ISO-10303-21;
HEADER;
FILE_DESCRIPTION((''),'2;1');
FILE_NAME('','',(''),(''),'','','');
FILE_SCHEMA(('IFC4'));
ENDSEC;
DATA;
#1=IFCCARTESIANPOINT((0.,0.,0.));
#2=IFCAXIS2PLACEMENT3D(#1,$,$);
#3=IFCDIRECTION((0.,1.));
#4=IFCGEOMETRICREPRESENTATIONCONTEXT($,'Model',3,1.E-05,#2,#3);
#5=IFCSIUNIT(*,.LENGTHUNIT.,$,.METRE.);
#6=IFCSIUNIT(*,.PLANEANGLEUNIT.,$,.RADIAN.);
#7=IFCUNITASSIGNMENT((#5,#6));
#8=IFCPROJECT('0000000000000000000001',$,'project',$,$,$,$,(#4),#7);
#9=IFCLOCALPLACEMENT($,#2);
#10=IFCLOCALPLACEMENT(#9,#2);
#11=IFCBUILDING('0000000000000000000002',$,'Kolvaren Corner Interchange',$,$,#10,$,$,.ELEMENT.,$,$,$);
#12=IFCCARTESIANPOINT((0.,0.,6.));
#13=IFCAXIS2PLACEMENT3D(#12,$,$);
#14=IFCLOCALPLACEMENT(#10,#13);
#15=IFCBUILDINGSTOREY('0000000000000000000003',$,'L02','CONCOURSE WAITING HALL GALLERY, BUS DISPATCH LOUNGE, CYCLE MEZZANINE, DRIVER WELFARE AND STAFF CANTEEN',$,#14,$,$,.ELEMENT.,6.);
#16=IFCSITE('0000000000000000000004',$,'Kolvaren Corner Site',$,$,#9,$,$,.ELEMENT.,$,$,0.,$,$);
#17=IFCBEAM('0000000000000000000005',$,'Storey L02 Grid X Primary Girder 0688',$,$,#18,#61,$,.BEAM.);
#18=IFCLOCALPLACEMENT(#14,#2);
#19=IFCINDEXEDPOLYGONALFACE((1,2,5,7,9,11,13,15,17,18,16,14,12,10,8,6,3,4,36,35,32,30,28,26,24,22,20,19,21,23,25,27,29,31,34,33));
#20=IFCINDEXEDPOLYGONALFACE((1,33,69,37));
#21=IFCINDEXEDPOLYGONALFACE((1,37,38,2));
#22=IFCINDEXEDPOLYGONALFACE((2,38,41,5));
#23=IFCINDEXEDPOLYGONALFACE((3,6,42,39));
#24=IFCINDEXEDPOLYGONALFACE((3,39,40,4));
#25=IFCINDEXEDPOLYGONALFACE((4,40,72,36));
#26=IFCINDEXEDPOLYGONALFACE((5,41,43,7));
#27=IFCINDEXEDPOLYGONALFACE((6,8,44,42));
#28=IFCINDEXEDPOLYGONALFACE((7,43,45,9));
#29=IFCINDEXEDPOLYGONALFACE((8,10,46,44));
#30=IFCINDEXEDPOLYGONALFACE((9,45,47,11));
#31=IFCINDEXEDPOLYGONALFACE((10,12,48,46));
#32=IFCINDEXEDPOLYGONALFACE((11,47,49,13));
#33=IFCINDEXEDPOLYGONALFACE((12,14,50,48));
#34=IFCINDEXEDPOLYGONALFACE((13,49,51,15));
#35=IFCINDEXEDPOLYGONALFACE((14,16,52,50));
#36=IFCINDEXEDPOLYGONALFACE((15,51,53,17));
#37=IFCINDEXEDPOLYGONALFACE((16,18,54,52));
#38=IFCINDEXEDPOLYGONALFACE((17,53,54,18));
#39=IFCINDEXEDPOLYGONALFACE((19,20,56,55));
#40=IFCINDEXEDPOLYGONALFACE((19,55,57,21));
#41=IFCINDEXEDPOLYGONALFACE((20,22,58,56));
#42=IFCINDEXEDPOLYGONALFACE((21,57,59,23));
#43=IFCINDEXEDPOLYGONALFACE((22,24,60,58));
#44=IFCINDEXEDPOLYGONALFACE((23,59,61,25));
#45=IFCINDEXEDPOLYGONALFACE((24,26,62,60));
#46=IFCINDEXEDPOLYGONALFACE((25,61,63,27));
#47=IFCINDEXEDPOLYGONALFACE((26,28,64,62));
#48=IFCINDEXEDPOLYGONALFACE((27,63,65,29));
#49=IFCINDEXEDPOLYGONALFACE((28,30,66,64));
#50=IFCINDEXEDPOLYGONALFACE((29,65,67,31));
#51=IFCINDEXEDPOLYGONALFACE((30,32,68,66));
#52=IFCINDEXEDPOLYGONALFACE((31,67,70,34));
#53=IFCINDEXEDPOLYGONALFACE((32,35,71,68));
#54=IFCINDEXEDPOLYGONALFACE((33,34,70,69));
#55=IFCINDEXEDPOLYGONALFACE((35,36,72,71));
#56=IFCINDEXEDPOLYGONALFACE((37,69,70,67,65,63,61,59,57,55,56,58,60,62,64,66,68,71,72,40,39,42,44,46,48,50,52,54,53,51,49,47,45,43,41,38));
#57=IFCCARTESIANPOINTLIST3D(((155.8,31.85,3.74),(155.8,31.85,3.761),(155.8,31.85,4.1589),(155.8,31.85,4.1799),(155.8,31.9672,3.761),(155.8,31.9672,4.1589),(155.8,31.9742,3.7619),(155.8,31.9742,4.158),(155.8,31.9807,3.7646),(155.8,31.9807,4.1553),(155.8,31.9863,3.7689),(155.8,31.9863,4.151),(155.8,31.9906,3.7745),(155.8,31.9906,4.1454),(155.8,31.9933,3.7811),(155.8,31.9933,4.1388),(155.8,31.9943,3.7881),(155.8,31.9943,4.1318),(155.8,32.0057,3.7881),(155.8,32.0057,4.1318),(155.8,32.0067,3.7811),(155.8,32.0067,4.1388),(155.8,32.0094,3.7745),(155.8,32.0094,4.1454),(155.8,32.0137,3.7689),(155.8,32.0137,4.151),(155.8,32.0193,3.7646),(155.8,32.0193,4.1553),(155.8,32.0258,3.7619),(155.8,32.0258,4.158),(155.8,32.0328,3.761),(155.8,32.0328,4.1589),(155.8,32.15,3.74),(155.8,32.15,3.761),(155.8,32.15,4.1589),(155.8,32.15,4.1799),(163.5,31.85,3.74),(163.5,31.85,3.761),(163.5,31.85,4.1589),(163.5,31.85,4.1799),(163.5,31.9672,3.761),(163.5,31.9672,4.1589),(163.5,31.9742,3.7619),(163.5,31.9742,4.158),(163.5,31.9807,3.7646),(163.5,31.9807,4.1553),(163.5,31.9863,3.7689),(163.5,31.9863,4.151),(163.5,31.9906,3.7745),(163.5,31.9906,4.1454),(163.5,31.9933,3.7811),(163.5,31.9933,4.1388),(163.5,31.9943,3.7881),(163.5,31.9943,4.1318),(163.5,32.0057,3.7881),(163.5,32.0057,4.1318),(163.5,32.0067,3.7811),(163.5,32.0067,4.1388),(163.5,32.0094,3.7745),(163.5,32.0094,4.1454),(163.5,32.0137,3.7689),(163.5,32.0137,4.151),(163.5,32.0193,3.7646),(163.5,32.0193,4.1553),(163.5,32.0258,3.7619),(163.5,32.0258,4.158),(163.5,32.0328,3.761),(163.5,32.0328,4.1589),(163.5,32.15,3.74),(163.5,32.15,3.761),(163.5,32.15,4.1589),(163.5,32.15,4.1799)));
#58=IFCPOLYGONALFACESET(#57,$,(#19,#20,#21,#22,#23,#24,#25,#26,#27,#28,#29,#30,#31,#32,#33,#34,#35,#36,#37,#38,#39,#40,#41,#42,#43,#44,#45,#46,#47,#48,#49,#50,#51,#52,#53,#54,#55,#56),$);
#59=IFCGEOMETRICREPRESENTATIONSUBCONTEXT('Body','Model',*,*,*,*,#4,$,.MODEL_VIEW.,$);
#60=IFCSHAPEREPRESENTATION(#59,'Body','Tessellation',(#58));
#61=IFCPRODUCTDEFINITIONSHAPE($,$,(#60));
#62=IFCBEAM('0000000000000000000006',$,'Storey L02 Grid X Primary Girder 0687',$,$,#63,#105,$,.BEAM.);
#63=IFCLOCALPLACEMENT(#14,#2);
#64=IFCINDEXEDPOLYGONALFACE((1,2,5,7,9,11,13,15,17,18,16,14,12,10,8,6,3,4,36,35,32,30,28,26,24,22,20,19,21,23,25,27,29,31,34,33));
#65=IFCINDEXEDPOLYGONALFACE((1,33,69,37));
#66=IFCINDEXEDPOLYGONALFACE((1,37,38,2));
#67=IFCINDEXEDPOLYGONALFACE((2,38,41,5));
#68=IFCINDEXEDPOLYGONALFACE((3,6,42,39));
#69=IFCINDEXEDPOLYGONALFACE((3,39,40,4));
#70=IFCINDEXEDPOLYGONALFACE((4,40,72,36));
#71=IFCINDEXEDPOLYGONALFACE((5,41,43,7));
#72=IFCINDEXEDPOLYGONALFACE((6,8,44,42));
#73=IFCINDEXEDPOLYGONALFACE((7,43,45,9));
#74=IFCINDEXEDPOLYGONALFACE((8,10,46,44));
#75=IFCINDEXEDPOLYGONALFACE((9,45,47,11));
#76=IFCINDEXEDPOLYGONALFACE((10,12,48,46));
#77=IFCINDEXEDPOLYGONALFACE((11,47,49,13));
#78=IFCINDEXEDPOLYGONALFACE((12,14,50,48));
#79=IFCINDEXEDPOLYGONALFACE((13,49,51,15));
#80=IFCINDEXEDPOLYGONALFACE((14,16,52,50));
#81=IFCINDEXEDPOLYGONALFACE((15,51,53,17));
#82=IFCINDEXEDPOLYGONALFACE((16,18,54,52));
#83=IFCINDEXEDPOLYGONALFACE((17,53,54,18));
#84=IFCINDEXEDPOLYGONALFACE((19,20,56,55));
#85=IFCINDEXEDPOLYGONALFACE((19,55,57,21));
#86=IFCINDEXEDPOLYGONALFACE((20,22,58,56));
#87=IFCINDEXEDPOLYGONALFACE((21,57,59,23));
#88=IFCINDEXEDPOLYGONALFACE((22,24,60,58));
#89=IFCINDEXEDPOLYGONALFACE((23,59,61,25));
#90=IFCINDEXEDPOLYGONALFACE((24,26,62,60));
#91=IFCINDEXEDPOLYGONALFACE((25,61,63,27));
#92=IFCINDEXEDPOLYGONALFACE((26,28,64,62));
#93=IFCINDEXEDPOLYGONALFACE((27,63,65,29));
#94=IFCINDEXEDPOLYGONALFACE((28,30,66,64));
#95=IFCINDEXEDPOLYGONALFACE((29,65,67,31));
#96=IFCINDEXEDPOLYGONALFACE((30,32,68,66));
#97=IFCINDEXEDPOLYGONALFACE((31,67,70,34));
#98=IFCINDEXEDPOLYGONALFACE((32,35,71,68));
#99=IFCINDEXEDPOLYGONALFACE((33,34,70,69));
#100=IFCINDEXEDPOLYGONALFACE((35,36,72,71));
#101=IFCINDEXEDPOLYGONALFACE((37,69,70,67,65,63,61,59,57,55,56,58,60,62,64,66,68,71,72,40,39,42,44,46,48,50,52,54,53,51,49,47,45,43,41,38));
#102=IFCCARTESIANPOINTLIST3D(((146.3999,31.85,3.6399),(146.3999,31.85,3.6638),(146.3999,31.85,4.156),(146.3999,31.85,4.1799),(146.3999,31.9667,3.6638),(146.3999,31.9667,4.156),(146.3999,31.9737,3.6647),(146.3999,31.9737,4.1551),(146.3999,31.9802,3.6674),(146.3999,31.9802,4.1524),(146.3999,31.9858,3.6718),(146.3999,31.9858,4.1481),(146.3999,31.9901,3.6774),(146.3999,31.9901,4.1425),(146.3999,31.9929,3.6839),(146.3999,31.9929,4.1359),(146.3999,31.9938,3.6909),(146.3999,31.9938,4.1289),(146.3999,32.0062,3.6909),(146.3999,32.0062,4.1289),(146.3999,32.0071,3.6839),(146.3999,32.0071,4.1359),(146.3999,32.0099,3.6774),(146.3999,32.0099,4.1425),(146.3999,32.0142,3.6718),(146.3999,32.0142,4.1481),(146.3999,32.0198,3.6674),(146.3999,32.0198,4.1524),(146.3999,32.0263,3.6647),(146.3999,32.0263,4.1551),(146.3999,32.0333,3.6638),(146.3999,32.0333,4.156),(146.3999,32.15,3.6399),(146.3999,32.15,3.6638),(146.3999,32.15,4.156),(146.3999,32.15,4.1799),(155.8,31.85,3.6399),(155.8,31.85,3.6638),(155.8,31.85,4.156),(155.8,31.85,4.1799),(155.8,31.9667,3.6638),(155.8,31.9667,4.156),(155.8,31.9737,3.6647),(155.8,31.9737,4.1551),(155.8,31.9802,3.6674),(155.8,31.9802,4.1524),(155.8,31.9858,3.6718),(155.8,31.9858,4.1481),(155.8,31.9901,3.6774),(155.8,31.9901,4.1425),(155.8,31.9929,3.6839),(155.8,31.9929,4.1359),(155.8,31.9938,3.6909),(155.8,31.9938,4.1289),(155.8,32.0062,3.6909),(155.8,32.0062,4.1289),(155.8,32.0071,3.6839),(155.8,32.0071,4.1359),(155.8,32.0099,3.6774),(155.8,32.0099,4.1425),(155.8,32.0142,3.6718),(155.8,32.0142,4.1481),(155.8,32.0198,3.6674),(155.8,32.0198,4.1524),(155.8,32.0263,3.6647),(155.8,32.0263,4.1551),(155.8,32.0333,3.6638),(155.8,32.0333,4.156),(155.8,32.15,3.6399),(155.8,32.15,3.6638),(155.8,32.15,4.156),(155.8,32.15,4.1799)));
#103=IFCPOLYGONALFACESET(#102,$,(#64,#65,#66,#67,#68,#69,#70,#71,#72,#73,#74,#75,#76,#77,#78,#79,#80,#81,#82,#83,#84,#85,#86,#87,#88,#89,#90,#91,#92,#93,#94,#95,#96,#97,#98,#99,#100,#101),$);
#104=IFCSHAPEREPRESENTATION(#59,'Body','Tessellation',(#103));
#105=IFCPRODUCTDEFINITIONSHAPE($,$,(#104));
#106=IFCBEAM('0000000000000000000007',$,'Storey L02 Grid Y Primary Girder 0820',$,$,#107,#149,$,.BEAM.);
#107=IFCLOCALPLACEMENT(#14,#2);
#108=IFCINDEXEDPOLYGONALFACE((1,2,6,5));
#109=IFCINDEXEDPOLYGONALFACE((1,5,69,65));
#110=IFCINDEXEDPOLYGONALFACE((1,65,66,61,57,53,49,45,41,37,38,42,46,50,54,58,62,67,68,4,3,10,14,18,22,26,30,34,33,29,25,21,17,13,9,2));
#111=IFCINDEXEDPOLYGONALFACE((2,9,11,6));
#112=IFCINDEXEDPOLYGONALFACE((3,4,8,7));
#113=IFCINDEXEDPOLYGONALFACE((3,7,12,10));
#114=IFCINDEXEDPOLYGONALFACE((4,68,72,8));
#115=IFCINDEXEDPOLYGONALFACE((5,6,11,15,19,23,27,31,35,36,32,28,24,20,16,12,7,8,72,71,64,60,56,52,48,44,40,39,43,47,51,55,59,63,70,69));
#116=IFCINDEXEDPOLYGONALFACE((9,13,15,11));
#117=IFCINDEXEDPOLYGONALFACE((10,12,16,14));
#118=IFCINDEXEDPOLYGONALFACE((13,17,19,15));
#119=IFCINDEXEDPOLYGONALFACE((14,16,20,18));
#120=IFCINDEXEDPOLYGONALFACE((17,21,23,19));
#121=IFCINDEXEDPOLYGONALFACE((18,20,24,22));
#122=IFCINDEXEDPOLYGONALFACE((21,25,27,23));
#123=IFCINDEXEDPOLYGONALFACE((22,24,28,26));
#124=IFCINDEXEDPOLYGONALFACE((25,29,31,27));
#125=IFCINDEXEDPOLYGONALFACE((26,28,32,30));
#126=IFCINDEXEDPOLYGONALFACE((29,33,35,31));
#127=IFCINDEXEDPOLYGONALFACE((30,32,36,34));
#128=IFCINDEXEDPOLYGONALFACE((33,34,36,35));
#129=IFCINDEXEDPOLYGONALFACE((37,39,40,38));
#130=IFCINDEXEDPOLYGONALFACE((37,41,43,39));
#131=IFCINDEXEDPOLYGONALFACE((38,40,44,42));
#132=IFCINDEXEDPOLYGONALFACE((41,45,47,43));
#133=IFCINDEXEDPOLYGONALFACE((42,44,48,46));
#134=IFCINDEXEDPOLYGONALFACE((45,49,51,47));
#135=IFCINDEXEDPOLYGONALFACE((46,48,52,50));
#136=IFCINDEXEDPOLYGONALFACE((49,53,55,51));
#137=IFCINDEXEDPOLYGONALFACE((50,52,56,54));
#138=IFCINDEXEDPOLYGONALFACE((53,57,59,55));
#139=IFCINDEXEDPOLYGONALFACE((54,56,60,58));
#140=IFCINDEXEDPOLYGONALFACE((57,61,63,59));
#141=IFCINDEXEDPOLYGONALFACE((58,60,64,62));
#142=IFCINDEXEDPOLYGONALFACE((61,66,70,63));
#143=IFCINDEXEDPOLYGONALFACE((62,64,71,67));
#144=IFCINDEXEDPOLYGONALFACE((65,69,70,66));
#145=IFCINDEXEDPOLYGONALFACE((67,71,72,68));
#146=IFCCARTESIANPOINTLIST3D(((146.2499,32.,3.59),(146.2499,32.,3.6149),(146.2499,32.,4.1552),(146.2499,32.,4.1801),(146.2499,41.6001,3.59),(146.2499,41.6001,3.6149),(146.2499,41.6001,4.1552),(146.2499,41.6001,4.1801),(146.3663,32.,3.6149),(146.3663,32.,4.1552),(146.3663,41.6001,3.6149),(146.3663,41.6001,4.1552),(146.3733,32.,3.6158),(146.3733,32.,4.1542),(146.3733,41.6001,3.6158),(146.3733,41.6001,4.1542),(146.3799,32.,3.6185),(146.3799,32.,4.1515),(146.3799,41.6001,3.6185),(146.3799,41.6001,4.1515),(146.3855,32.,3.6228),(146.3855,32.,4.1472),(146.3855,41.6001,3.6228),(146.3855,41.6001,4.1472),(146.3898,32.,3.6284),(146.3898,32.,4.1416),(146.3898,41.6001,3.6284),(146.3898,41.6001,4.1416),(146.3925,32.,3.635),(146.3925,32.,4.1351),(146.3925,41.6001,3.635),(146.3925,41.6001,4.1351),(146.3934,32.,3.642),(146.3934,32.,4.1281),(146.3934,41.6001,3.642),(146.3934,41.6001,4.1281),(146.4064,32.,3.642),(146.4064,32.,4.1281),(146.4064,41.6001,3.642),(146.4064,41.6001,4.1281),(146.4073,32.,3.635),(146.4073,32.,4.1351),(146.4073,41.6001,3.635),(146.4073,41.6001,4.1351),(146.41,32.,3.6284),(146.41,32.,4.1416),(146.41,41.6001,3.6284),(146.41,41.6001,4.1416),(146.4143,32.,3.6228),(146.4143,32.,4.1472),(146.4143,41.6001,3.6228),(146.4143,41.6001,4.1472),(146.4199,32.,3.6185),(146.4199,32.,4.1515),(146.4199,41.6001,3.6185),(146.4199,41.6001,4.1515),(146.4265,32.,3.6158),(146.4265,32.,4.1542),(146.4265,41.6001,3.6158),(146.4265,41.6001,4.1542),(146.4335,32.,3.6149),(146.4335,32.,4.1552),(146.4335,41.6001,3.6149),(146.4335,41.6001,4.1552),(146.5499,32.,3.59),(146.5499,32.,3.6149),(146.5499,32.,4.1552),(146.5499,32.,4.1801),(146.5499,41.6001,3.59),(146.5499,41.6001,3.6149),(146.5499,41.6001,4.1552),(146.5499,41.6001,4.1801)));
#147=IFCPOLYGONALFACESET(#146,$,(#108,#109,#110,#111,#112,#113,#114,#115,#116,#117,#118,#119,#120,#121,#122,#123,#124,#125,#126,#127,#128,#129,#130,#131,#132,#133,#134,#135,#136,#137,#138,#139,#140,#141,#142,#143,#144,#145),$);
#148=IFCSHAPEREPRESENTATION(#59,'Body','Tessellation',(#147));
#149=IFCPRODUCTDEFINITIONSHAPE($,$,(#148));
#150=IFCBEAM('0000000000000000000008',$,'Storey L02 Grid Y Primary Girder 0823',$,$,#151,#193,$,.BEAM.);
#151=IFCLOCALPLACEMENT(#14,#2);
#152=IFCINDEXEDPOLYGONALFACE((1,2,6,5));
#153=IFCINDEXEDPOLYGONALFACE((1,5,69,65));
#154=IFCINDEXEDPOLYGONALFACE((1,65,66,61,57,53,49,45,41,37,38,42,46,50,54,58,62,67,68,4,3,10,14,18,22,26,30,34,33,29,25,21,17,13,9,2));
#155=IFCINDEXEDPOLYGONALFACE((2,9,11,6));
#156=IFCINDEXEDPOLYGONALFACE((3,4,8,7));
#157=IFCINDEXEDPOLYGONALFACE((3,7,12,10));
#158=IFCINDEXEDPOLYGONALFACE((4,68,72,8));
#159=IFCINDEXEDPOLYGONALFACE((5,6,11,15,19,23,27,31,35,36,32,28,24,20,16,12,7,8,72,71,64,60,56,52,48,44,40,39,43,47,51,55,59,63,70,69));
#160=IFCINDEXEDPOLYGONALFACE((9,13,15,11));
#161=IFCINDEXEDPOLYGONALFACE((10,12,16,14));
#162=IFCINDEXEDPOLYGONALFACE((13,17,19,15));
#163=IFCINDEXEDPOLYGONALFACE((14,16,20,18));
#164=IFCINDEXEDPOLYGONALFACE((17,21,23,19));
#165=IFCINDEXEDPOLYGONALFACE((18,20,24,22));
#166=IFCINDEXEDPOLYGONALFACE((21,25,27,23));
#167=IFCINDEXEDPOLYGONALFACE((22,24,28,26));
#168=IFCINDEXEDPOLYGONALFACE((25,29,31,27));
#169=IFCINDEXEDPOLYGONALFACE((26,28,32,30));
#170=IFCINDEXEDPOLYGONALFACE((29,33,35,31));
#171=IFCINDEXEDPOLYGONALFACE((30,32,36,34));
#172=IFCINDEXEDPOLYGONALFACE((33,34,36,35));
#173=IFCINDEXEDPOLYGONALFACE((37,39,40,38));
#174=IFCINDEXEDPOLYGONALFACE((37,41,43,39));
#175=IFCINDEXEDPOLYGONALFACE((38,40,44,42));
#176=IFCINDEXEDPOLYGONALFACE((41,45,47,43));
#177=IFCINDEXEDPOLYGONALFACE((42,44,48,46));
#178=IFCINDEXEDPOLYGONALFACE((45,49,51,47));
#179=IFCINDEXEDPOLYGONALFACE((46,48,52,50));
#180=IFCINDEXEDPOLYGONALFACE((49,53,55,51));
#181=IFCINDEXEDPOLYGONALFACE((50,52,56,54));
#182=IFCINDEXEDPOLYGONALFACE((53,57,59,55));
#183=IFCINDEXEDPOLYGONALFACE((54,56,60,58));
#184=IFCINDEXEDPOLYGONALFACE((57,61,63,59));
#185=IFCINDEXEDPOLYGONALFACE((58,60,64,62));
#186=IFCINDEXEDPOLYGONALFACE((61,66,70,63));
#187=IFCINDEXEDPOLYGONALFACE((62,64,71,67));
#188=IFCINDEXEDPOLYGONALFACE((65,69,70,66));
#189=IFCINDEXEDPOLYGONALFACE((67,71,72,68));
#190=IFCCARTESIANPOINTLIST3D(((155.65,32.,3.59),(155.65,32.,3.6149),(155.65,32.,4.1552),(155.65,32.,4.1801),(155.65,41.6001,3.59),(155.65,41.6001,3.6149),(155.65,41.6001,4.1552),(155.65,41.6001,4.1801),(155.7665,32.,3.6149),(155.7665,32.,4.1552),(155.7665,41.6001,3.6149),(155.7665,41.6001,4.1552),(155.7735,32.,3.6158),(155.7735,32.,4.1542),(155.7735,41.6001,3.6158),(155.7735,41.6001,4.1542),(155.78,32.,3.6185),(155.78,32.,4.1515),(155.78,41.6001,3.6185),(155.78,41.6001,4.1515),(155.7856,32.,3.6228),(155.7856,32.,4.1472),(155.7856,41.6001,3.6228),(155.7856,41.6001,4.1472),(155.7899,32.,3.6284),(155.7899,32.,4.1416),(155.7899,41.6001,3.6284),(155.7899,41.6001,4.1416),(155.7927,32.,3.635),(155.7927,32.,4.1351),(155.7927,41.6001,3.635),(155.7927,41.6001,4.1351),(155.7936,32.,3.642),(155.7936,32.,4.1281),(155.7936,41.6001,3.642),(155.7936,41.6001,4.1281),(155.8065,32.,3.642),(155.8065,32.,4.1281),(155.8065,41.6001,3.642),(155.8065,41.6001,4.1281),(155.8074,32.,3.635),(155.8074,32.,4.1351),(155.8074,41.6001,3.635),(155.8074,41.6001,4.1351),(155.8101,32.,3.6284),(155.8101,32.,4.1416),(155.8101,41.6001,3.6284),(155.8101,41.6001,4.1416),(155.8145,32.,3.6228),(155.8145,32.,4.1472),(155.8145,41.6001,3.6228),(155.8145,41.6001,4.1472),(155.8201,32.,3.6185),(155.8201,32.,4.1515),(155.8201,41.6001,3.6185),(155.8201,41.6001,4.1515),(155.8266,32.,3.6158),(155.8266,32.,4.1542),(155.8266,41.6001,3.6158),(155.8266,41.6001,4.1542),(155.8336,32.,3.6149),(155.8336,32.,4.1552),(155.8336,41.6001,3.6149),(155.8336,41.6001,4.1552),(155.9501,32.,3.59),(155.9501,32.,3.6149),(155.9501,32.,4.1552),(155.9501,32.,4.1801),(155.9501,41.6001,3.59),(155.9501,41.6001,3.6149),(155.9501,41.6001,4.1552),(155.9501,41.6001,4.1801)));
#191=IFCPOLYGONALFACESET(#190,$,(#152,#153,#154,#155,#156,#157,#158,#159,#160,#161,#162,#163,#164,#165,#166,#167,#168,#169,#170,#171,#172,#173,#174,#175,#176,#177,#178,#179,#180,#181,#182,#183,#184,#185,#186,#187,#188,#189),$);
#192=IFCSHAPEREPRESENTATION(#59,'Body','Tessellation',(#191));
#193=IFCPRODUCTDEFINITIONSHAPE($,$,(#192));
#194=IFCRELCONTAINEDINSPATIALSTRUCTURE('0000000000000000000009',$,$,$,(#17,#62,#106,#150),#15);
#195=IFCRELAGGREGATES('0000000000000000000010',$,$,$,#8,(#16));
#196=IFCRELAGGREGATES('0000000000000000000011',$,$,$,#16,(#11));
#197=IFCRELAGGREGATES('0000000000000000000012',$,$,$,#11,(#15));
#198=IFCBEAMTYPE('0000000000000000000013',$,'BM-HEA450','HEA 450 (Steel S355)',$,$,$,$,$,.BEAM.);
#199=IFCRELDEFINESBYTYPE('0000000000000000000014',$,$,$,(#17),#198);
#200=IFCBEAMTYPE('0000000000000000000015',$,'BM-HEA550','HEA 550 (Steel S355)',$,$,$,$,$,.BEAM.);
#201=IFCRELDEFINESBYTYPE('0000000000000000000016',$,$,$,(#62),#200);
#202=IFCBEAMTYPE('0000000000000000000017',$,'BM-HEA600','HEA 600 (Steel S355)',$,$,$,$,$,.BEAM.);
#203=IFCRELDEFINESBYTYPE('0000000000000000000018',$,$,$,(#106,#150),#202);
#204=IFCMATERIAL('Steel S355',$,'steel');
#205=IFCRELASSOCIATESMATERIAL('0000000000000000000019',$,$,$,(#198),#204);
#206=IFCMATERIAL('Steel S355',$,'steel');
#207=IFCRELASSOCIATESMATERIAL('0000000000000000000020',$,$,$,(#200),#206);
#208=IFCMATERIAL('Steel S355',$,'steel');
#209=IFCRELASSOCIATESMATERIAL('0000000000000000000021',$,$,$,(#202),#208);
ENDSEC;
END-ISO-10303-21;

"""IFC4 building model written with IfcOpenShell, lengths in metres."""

from ifc_helpers import new_model, si_unit, direction, frame, origin, origin_2d, place, context, subcontext, project, spatial, i_section, extrude, material, material_profile, profile_set, type_object, element, save


model = new_model("IFC4")

# Units and contexts
model_context = context("Model", 3, precision=1e-05, world=origin(), true_north=direction((0.0, 1.0)))
body_context = subcontext(model_context, "Body", "Model", "MODEL_VIEW")
ifc_project = project(units=[si_unit("LENGTHUNIT", "METRE"), si_unit("PLANEANGLEUNIT", "RADIAN")], contexts=[model_context])

# Site, building, storey
site_placement = place(None, origin())
site = spatial("IfcSite", under=ifc_project, at=site_placement, Name="Kolvaren Corner Site", CompositionType="ELEMENT", RefElevation=0.0)
building_placement = place(site_placement, origin())
building = spatial("IfcBuilding", under=site, at=building_placement, Name="Kolvaren Corner Interchange", CompositionType="ELEMENT")
storey_placement = place(building_placement, frame((0.0, 0.0, 6.0)))
storey = spatial("IfcBuildingStorey", under=building, at=storey_placement, Name="L02", Description="CONCOURSE WAITING HALL GALLERY, BUS DISPATCH LOUNGE, CYCLE MEZZANINE, DRIVER WELFARE AND STAFF CANTEEN", CompositionType="ELEMENT", Elevation=6.0)

# Beams
ifc_material_1 = material(Name="Steel S355", Category="steel")
ifc_material_profile_1 = material_profile(ifc_material_1, i_section(OverallWidth=0.3, OverallDepth=0.4399, WebThickness=0.0115, FlangeThickness=0.021, FilletRadius=0.0271, at=origin_2d()), Name="HEA 450")
ifc_profile_set_1 = profile_set([ifc_material_profile_1], Name="Steel S355")
beam_type_1 = type_object("IfcBeamType", Name="BM-HEA450", Description="HEA 450 (Steel S355)", PredefinedType="BEAM", material=ifc_profile_set_1)
beam_1_placement = place(storey_placement, frame((155.8, 32.0, 3.96), z_axis=(1.0, 0.0, 0.0), x_axis=(0.0, 1.0, 0.0)))
element("IfcBeam", 1, at=beam_1_placement, inside=storey, type_object=beam_type_1, Name="Storey L02 Grid X Primary Girder 0688", PredefinedType="BEAM", context=body_context, shape_type="SweptSolid", body=[
    extrude(i_section(OverallWidth=0.3, OverallDepth=0.4399, WebThickness=0.0115, FlangeThickness=0.021, FilletRadius=0.0271, at=origin_2d()), origin(), (0.0, 0.0, 1.0), 7.7),
])
ifc_material_2 = material(Name="Steel S355", Category="steel")
ifc_material_profile_2 = material_profile(ifc_material_2, i_section(OverallWidth=0.3, OverallDepth=0.54, WebThickness=0.0125, FlangeThickness=0.0239, FilletRadius=0.0271, at=origin_2d()), Name="HEA 550")
ifc_profile_set_2 = profile_set([ifc_material_profile_2], Name="Steel S355")
beam_type_2 = type_object("IfcBeamType", Name="BM-HEA550", Description="HEA 550 (Steel S355)", PredefinedType="BEAM", material=ifc_profile_set_2)
beam_2_placement = place(storey_placement, frame((146.3999, 32.0, 3.9099), z_axis=(1.0, 0.0, 0.0), x_axis=(0.0, 1.0, 0.0)))
element("IfcBeam", 2, at=beam_2_placement, inside=storey, type_object=beam_type_2, Name="Storey L02 Grid X Primary Girder 0687", PredefinedType="BEAM", context=body_context, shape_type="SweptSolid", body=[
    extrude(i_section(OverallWidth=0.3, OverallDepth=0.54, WebThickness=0.0125, FlangeThickness=0.0239, FilletRadius=0.0271, at=origin_2d()), origin(), (0.0, 0.0, 1.0), 9.4001),
])
ifc_material_3 = material(Name="Steel S355", Category="steel")
ifc_material_profile_3 = material_profile(ifc_material_3, i_section(OverallWidth=0.3, OverallDepth=0.5901, WebThickness=0.0129, FlangeThickness=0.0249, FilletRadius=0.0271, at=origin_2d()), Name="HEA 600")
ifc_profile_set_3 = profile_set([ifc_material_profile_3], Name="Steel S355")
beam_type_3 = type_object("IfcBeamType", Name="BM-HEA600", Description="HEA 600 (Steel S355)", PredefinedType="BEAM", material=ifc_profile_set_3)
for number, where, z_axis, x_axis, name in (
    (3, (146.3999, 32.0, 3.885), (0.0, 1.0, 0.0), (-1.0, 0.0, 0.0), "Storey L02 Grid Y Primary Girder 0820"),
    (4, (155.8, 32.0, 3.885), (0.0, 1.0, 0.0), (-1.0, 0.0, 0.0), "Storey L02 Grid Y Primary Girder 0823"),
):
    element("IfcBeam", number, at=place(storey_placement, frame(where, z_axis=z_axis, x_axis=x_axis)), inside=storey, type_object=beam_type_3, Name=name, PredefinedType="BEAM", context=body_context, shape_type="SweptSolid", body=[
        extrude(i_section(OverallWidth=0.3, OverallDepth=0.5901, WebThickness=0.0129, FlangeThickness=0.0249, FilletRadius=0.0271, at=origin_2d()), origin(), (0.0, 0.0, 1.0), 9.6001),
    ])

save(model, "model.ifc")
